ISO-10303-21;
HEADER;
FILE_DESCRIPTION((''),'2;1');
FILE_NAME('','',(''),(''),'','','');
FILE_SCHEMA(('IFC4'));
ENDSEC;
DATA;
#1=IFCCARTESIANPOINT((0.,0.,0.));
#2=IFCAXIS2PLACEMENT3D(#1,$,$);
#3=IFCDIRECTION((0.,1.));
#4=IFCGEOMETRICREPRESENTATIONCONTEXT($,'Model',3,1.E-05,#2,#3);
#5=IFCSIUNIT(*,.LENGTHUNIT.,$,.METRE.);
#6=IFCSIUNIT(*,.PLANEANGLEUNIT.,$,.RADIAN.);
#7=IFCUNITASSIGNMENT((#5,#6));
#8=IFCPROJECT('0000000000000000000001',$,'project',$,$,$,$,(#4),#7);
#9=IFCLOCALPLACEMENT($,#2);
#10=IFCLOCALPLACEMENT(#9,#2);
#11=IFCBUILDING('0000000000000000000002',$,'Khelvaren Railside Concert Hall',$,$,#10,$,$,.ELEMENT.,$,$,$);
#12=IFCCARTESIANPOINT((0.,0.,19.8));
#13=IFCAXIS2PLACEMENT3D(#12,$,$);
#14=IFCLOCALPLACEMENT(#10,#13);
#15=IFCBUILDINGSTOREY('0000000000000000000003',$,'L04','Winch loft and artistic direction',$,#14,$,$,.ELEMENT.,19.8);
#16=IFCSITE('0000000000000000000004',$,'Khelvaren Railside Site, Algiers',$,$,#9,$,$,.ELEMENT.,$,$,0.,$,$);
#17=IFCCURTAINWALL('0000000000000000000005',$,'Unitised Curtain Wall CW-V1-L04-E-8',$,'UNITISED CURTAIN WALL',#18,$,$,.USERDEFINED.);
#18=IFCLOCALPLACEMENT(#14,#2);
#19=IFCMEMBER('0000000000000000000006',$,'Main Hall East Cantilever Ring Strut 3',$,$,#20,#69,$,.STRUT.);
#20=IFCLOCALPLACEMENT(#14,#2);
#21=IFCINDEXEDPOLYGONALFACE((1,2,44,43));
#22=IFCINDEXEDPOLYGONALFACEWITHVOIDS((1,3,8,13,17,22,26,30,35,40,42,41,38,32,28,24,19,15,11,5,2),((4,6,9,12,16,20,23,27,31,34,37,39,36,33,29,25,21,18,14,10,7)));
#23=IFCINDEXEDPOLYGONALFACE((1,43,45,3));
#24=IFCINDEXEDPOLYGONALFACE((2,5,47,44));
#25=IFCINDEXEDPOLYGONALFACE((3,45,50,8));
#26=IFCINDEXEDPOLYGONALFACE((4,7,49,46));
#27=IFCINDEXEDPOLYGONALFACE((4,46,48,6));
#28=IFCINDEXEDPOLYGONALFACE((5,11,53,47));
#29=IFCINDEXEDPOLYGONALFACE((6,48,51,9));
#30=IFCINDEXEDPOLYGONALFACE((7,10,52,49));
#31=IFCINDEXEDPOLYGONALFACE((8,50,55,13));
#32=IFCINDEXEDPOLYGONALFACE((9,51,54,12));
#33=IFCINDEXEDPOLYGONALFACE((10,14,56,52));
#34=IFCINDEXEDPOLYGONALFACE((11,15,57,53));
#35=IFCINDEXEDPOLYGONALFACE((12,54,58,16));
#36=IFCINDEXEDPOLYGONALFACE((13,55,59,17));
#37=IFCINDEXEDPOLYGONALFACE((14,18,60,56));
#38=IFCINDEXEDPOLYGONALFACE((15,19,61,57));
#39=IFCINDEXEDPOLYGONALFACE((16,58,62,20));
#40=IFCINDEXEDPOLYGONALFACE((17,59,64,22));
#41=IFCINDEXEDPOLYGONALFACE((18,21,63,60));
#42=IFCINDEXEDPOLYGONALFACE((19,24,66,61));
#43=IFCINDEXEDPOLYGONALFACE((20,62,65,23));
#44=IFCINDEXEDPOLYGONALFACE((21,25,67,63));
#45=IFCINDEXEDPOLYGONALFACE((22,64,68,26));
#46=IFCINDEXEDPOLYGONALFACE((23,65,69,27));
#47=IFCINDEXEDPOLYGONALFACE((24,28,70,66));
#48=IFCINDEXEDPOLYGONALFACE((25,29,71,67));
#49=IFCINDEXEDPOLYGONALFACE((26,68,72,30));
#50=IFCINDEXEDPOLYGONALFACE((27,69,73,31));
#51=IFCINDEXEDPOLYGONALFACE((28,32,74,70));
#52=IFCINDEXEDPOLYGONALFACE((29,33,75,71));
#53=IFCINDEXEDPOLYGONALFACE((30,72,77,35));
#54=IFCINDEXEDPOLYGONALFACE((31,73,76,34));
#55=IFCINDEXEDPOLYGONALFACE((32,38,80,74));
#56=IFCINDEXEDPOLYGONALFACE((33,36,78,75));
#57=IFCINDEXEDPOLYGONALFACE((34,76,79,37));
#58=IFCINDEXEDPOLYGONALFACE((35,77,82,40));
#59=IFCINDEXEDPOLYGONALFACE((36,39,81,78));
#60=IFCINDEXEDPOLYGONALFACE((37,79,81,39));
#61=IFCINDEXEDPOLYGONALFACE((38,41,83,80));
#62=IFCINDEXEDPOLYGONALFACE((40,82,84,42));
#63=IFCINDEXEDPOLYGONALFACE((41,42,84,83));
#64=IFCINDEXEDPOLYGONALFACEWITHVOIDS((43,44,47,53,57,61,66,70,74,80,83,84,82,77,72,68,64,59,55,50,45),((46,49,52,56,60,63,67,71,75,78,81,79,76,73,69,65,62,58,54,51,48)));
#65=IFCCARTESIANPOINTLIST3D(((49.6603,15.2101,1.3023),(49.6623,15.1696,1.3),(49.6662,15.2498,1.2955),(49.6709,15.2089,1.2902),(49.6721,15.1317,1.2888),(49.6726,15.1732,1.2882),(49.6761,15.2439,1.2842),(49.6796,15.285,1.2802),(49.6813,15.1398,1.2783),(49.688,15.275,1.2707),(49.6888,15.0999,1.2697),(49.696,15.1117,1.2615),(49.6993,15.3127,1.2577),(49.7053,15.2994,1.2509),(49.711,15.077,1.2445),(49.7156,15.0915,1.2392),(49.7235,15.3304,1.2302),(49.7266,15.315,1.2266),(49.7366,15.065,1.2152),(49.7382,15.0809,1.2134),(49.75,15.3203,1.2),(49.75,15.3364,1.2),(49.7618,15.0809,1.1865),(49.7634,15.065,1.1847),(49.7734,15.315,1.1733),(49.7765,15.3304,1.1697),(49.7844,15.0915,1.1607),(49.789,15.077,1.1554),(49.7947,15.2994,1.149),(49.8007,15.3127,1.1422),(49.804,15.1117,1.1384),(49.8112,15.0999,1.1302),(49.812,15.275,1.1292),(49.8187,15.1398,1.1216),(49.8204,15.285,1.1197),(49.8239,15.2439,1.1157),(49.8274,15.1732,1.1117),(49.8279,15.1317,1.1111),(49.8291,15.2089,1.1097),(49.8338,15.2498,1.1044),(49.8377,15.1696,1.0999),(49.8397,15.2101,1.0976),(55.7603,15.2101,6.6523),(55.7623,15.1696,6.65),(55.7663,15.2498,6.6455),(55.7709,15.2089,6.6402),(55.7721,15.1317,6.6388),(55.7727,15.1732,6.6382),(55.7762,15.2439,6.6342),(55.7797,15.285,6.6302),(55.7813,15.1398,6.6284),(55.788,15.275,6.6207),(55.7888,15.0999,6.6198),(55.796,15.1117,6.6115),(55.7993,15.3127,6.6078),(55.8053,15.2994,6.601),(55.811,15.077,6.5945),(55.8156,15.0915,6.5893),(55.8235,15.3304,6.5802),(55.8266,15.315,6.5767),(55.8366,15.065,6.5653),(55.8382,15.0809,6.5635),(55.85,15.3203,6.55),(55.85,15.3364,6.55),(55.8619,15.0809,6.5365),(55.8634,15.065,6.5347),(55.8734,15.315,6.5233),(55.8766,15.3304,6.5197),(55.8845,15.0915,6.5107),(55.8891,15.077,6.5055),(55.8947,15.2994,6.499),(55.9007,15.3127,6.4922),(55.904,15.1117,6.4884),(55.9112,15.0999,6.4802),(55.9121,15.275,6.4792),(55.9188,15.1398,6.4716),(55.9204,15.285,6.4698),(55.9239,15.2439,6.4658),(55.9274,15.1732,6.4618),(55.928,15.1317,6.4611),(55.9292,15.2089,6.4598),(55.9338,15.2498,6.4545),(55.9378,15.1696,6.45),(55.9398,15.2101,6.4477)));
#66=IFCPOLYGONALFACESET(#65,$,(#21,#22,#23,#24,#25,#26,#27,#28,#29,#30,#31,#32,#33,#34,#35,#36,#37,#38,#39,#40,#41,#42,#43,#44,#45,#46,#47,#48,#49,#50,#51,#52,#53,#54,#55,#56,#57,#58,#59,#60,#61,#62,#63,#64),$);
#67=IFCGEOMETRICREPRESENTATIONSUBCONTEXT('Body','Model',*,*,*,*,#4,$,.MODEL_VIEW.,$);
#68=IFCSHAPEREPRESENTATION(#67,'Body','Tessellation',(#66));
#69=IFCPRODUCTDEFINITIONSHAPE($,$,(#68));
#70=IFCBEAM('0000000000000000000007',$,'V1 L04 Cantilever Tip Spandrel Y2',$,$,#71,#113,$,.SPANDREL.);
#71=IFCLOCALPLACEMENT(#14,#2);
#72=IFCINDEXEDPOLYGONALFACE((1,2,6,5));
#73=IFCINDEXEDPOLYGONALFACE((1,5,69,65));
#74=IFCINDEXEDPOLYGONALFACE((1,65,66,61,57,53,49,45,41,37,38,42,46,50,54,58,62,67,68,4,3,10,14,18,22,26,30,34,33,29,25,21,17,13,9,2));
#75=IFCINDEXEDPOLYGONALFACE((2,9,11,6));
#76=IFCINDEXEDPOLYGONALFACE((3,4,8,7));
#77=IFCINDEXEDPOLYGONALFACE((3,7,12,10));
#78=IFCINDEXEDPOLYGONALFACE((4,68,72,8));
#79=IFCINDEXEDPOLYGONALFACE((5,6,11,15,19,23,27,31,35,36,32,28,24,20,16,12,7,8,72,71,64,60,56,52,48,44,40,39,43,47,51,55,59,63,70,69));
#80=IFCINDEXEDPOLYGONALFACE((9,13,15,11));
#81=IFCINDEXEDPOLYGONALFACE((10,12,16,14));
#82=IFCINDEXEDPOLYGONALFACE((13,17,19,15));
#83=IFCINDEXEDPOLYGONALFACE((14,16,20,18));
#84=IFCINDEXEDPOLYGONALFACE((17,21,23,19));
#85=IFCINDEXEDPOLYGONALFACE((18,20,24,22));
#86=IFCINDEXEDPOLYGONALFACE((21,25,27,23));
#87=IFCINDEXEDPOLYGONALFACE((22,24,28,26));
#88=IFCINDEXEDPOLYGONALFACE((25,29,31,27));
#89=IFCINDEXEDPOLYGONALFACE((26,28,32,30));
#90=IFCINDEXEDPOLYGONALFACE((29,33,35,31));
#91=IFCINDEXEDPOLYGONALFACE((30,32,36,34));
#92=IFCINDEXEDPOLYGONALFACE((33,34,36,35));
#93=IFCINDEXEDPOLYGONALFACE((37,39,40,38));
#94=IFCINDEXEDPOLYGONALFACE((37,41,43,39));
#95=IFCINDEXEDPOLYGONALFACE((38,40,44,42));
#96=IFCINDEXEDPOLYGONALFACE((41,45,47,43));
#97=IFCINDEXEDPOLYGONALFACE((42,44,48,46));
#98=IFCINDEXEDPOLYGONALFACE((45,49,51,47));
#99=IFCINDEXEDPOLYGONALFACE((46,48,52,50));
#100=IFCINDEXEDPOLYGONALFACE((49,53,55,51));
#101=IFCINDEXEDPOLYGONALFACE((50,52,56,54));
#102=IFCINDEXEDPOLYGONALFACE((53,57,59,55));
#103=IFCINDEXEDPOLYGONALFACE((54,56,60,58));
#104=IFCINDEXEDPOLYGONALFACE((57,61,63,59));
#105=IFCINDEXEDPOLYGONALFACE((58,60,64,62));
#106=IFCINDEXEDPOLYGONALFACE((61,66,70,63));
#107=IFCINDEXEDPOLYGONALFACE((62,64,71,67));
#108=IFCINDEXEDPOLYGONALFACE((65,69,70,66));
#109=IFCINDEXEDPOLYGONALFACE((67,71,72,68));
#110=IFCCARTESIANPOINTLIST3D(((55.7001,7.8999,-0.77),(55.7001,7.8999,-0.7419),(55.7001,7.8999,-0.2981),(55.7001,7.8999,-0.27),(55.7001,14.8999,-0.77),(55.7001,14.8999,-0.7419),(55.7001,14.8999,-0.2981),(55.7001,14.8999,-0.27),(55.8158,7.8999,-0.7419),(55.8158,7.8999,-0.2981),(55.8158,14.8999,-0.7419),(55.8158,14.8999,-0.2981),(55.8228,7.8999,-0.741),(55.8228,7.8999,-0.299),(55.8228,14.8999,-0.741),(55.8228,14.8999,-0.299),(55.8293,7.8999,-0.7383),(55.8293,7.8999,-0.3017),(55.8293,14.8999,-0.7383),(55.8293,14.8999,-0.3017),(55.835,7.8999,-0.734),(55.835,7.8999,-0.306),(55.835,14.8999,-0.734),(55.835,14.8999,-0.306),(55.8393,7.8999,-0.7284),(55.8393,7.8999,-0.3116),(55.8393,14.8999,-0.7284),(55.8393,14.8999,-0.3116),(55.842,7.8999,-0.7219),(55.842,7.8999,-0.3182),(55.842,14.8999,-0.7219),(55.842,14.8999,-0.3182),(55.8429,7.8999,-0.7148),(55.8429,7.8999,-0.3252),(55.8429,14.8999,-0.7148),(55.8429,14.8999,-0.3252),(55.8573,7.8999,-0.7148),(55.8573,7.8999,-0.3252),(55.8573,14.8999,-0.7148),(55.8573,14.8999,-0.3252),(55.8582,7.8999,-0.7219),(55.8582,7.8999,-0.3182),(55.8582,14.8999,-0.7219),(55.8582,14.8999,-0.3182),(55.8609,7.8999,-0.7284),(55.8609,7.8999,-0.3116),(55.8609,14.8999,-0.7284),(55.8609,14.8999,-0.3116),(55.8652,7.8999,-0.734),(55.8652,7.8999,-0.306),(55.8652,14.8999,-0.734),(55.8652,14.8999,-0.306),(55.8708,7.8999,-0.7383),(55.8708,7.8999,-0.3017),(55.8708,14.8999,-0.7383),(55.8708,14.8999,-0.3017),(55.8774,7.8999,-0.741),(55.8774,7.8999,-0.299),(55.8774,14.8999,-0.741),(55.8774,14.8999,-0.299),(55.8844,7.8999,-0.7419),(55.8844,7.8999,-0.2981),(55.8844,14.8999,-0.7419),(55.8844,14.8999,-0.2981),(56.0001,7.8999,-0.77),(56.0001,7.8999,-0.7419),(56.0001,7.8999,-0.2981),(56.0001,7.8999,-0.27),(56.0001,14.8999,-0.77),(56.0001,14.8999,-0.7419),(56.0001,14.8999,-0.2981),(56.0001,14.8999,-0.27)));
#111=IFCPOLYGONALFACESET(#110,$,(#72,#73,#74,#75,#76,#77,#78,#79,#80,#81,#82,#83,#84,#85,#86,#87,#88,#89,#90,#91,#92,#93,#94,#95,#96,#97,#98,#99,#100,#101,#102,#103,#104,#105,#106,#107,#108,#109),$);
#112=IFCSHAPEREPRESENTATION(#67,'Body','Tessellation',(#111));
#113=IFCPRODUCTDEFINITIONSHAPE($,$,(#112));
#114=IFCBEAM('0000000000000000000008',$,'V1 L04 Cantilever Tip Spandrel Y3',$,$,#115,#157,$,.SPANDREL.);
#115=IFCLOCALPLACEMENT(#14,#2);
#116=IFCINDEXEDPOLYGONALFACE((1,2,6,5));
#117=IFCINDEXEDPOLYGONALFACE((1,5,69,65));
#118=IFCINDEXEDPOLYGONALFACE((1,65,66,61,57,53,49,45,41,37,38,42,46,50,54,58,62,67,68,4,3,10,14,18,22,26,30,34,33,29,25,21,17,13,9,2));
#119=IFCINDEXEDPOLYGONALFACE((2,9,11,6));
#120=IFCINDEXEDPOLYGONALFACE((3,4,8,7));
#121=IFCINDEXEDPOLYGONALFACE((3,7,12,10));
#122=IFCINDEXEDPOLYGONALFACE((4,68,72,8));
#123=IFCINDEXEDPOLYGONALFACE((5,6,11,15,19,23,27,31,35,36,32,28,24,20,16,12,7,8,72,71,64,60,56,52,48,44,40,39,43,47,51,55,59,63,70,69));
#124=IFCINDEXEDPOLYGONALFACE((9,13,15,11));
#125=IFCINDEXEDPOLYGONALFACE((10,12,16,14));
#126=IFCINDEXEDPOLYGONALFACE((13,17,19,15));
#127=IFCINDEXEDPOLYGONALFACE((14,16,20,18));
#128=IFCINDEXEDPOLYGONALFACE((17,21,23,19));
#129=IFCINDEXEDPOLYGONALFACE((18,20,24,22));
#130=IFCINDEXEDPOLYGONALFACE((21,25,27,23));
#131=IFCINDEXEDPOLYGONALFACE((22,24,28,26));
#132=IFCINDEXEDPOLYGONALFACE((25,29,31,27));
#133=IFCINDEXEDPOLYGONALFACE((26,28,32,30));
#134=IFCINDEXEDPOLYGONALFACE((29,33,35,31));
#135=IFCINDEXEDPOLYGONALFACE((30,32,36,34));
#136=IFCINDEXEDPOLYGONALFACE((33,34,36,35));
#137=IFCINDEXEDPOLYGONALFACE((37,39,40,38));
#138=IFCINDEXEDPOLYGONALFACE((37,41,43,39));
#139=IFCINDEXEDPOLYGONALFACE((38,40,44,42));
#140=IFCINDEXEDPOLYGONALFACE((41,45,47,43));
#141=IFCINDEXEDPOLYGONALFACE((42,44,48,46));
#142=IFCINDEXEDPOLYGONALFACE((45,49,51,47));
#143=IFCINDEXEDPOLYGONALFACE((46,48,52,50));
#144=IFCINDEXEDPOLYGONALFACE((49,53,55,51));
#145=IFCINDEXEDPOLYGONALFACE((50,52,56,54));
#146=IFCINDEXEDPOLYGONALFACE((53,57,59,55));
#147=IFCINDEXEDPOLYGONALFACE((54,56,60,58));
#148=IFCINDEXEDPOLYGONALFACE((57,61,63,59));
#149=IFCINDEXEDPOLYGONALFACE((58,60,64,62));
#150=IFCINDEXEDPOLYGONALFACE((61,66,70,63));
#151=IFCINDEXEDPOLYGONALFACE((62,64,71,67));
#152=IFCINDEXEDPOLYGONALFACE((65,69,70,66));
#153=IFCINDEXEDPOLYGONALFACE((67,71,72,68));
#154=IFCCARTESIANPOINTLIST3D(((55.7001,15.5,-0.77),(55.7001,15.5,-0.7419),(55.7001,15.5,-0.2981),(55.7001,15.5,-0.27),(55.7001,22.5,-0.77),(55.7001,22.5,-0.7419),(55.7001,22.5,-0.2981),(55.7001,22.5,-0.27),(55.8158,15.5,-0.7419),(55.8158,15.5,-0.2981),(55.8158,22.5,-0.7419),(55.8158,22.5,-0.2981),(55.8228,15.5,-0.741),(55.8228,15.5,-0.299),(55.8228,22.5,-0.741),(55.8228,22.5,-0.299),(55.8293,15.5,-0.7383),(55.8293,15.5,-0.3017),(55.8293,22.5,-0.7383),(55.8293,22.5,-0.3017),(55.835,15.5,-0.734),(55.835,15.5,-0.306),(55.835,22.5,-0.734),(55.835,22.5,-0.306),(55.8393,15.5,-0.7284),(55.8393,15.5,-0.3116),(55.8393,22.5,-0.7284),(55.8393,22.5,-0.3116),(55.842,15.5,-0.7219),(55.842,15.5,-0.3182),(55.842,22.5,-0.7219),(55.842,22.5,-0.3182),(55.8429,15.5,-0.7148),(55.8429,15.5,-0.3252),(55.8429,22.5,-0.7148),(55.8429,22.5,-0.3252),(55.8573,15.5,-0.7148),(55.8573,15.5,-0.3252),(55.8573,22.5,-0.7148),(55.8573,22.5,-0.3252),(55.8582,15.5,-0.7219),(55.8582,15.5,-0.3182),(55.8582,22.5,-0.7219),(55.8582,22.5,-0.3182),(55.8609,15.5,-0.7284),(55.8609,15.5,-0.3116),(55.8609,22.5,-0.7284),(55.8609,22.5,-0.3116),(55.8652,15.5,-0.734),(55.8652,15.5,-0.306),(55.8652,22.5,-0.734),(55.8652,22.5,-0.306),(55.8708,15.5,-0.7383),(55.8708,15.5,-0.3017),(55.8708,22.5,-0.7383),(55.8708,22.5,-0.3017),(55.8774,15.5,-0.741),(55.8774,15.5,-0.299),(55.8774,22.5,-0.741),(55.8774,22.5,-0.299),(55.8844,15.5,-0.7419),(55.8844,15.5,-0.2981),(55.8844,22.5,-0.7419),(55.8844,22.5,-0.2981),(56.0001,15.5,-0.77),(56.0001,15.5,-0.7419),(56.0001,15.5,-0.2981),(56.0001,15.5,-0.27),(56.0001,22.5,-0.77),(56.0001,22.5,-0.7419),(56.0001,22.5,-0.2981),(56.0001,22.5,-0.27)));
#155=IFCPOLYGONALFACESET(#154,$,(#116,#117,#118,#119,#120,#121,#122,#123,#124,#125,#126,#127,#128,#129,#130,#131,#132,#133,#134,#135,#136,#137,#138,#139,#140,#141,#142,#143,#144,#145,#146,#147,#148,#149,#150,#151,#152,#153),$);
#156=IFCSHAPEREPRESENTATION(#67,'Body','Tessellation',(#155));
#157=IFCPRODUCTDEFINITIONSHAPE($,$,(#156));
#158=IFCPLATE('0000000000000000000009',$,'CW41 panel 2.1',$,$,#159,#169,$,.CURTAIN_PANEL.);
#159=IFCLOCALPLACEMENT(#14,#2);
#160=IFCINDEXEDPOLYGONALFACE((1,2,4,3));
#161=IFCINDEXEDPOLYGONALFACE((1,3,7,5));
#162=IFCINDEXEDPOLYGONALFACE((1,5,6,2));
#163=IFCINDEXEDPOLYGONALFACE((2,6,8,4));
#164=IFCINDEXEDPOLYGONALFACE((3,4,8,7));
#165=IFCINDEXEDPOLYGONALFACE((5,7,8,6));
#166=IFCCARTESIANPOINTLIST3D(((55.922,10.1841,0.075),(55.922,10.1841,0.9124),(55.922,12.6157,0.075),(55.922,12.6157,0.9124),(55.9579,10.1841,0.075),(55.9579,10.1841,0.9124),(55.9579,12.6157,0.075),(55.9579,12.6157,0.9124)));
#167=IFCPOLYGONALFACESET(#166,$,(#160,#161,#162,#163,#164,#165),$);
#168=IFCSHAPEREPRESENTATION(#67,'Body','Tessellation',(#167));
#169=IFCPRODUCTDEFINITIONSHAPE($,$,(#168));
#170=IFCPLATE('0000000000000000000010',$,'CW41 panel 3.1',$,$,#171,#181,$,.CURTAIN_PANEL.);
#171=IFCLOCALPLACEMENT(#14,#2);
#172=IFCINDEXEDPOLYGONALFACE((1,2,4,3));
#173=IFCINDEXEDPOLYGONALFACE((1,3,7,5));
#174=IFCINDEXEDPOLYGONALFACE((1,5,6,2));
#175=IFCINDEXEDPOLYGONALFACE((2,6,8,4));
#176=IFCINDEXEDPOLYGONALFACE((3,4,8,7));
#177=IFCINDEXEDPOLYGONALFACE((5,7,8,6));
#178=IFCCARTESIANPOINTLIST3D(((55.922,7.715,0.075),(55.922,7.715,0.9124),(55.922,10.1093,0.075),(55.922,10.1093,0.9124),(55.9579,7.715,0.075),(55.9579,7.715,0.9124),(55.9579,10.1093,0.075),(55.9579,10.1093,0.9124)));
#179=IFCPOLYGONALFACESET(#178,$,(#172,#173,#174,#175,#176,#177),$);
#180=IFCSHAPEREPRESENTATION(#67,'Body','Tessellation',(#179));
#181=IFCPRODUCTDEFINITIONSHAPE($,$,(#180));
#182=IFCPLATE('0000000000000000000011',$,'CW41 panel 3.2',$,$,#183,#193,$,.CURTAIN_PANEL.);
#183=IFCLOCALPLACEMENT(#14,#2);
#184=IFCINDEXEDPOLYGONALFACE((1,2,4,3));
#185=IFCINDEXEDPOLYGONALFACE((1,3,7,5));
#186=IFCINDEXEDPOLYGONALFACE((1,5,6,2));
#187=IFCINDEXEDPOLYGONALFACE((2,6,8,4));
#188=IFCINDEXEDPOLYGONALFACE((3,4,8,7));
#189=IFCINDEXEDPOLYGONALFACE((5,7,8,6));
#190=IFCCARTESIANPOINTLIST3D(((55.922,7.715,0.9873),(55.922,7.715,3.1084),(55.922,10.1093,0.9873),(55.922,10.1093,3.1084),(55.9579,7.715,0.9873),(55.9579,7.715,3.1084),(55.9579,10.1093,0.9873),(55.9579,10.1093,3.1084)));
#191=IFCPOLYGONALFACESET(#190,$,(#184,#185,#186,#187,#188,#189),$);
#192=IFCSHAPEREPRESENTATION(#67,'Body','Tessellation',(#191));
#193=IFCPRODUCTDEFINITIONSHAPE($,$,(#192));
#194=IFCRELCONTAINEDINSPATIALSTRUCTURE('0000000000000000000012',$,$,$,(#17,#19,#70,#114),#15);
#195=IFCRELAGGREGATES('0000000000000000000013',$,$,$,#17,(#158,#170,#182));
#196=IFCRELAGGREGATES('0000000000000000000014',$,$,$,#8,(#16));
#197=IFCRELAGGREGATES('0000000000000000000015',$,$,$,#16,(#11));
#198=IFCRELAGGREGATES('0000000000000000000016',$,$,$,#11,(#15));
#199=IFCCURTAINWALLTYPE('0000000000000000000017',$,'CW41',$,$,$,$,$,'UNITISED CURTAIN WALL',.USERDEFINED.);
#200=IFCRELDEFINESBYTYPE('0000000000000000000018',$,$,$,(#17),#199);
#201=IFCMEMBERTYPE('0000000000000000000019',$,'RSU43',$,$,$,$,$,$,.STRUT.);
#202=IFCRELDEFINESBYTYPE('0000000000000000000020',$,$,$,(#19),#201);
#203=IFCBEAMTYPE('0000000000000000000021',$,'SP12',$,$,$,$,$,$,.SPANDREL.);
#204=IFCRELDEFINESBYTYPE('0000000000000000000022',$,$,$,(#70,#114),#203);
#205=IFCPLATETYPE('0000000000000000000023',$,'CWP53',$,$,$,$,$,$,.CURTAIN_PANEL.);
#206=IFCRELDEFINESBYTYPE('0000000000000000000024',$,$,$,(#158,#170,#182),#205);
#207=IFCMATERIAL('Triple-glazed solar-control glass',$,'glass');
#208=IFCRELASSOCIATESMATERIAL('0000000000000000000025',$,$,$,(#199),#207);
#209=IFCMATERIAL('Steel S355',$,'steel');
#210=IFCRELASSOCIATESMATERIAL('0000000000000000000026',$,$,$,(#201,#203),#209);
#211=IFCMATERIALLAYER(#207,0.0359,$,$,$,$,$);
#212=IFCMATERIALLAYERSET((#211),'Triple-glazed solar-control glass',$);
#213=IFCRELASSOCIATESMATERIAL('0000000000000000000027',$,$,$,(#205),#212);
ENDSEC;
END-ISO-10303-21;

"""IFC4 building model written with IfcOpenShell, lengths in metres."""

from ifc_helpers import new_model, si_unit, direction, frame, origin, origin_2d, place, context, subcontext, project, spatial, rectangle, hollow_circle, i_section, extrude, material, layer, layer_set, material_profile, profile_set, type_object, element, aggregate, save


model = new_model("IFC4")

# Units and contexts
model_context = context("Model", 3, precision=1e-05, world=origin(), true_north=direction((0.0, 1.0)))
body_context = subcontext(model_context, "Body", "Model", "MODEL_VIEW")
ifc_project = project(units=[si_unit("LENGTHUNIT", "METRE"), si_unit("PLANEANGLEUNIT", "RADIAN")], contexts=[model_context])

# Site, building, storey
site_placement = place(None, origin())
site = spatial("IfcSite", under=ifc_project, at=site_placement, Name="Khelvaren Railside Site, Algiers", CompositionType="ELEMENT", RefElevation=0.0)
building_placement = place(site_placement, origin())
building = spatial("IfcBuilding", under=site, at=building_placement, Name="Khelvaren Railside Concert Hall", CompositionType="ELEMENT")
storey_placement = place(building_placement, frame((0.0, 0.0, 19.8)))
storey = spatial("IfcBuildingStorey", under=building, at=storey_placement, Name="L04", Description="Winch loft and artistic direction", CompositionType="ELEMENT", Elevation=19.8)

# Shared definitions
ifc_material_1 = material(Name="Steel S355", Category="steel")

# Curtain wall
ifc_material_2 = material(Name="Triple-glazed solar-control glass", Category="glass")
curtain_wall_type = type_object("IfcCurtainWallType", Name="CW41", ElementType="UNITISED CURTAIN WALL", PredefinedType="USERDEFINED", material=ifc_material_2)
curtain_wall_placement = place(storey_placement, origin())
curtain_wall = element("IfcCurtainWall", 1, at=curtain_wall_placement, inside=storey, type_object=curtain_wall_type, Name="Unitised Curtain Wall CW-V1-L04-E-8", ObjectType="UNITISED CURTAIN WALL", PredefinedType="USERDEFINED")

# Member
ifc_material_profile_1 = material_profile(ifc_material_1, hollow_circle(Radius=0.1365, WallThickness=0.0161, at=origin_2d()), Name="CHS 273x16")
ifc_profile_set_1 = profile_set([ifc_material_profile_1], Name="Steel S355")
member_type_1 = type_object("IfcMemberType", Name="RSU43", PredefinedType="STRUT", material=ifc_profile_set_1)
member_1_placement = place(storey_placement, frame((49.75, 15.2, 1.2), z_axis=(0.751812, 0.0, 0.659378), x_axis=(0.0, 1.0, 0.0)))
element("IfcMember", 2, at=member_1_placement, inside=storey, type_object=member_type_1, Name="Main Hall East Cantilever Ring Strut 3", PredefinedType="STRUT", context=body_context, shape_type="SweptSolid", body=[
    extrude(hollow_circle(Radius=0.1365, WallThickness=0.0161, at=origin_2d()), origin(), (0.0, 0.0, 1.0), 8.1138),
])

# Beams
ifc_material_profile_2 = material_profile(ifc_material_1, i_section(OverallWidth=0.3, OverallDepth=0.5, WebThickness=0.0144, FlangeThickness=0.0281, FilletRadius=0.0271, at=origin_2d()), Name="HEB 500")
ifc_profile_set_2 = profile_set([ifc_material_profile_2], Name="Steel S355")
beam_type_1 = type_object("IfcBeamType", Name="SP12", PredefinedType="SPANDREL", material=ifc_profile_set_2)
for number, where, z_axis, x_axis, name in (
    (3, (55.8501, 7.8999, -0.52), (0.0, 1.0, 0.0), (-1.0, 0.0, 0.0), "V1 L04 Cantilever Tip Spandrel Y2"),
    (4, (55.8501, 15.5, -0.52), (0.0, 1.0, 0.0), (-1.0, 0.0, 0.0), "V1 L04 Cantilever Tip Spandrel Y3"),
):
    element("IfcBeam", number, at=place(storey_placement, frame(where, z_axis=z_axis, x_axis=x_axis)), inside=storey, type_object=beam_type_1, Name=name, PredefinedType="SPANDREL", context=body_context, shape_type="SweptSolid", body=[
        extrude(i_section(OverallWidth=0.3, OverallDepth=0.5, WebThickness=0.0144, FlangeThickness=0.0281, FilletRadius=0.0271, at=origin_2d()), origin(), (0.0, 0.0, 1.0), 7.0),
    ])

# Plates
ifc_layer_1 = layer(ifc_material_2, 0.0359)
ifc_layer_set_1 = layer_set([ifc_layer_1], Name="Triple-glazed solar-control glass")
plate_type_1 = type_object("IfcPlateType", Name="CWP53", PredefinedType="CURTAIN_PANEL", material=ifc_layer_set_1)
plate_1_placement = place(storey_placement, frame((55.9399, 11.3999, 0.075), z_axis=(0.0, 0.0, 1.0), x_axis=(0.0, -1.0, 0.0)))
plate_1 = element("IfcPlate", 5, at=plate_1_placement, type_object=plate_type_1, Name="CW41 panel 2.1", PredefinedType="CURTAIN_PANEL", context=body_context, shape_type="SweptSolid", body=[
    extrude(rectangle(XDim=2.4316, YDim=0.0359, at=origin_2d()), origin(), (0.0, 0.0, 1.0), 0.8374),
])
plate_2_placement = place(storey_placement, frame((55.9399, 8.9121, 0.075), z_axis=(0.0, 0.0, 1.0), x_axis=(0.0, -1.0, 0.0)))
plate_2 = element("IfcPlate", 6, at=plate_2_placement, type_object=plate_type_1, Name="CW41 panel 3.1", PredefinedType="CURTAIN_PANEL", context=body_context, shape_type="SweptSolid", body=[
    extrude(rectangle(XDim=2.3943, YDim=0.0359, at=origin_2d()), origin(), (0.0, 0.0, 1.0), 0.8374),
])
plate_3_placement = place(storey_placement, frame((55.9399, 8.9121, 0.9873), z_axis=(0.0, 0.0, 1.0), x_axis=(0.0, -1.0, 0.0)))
plate_3 = element("IfcPlate", 7, at=plate_3_placement, type_object=plate_type_1, Name="CW41 panel 3.2", PredefinedType="CURTAIN_PANEL", context=body_context, shape_type="SweptSolid", body=[
    extrude(rectangle(XDim=2.3943, YDim=0.0359, at=origin_2d()), origin(), (0.0, 0.0, 1.0), 2.1211),
])
aggregate(curtain_wall, [plate_1, plate_2, plate_3])

save(model, "model.ifc")
